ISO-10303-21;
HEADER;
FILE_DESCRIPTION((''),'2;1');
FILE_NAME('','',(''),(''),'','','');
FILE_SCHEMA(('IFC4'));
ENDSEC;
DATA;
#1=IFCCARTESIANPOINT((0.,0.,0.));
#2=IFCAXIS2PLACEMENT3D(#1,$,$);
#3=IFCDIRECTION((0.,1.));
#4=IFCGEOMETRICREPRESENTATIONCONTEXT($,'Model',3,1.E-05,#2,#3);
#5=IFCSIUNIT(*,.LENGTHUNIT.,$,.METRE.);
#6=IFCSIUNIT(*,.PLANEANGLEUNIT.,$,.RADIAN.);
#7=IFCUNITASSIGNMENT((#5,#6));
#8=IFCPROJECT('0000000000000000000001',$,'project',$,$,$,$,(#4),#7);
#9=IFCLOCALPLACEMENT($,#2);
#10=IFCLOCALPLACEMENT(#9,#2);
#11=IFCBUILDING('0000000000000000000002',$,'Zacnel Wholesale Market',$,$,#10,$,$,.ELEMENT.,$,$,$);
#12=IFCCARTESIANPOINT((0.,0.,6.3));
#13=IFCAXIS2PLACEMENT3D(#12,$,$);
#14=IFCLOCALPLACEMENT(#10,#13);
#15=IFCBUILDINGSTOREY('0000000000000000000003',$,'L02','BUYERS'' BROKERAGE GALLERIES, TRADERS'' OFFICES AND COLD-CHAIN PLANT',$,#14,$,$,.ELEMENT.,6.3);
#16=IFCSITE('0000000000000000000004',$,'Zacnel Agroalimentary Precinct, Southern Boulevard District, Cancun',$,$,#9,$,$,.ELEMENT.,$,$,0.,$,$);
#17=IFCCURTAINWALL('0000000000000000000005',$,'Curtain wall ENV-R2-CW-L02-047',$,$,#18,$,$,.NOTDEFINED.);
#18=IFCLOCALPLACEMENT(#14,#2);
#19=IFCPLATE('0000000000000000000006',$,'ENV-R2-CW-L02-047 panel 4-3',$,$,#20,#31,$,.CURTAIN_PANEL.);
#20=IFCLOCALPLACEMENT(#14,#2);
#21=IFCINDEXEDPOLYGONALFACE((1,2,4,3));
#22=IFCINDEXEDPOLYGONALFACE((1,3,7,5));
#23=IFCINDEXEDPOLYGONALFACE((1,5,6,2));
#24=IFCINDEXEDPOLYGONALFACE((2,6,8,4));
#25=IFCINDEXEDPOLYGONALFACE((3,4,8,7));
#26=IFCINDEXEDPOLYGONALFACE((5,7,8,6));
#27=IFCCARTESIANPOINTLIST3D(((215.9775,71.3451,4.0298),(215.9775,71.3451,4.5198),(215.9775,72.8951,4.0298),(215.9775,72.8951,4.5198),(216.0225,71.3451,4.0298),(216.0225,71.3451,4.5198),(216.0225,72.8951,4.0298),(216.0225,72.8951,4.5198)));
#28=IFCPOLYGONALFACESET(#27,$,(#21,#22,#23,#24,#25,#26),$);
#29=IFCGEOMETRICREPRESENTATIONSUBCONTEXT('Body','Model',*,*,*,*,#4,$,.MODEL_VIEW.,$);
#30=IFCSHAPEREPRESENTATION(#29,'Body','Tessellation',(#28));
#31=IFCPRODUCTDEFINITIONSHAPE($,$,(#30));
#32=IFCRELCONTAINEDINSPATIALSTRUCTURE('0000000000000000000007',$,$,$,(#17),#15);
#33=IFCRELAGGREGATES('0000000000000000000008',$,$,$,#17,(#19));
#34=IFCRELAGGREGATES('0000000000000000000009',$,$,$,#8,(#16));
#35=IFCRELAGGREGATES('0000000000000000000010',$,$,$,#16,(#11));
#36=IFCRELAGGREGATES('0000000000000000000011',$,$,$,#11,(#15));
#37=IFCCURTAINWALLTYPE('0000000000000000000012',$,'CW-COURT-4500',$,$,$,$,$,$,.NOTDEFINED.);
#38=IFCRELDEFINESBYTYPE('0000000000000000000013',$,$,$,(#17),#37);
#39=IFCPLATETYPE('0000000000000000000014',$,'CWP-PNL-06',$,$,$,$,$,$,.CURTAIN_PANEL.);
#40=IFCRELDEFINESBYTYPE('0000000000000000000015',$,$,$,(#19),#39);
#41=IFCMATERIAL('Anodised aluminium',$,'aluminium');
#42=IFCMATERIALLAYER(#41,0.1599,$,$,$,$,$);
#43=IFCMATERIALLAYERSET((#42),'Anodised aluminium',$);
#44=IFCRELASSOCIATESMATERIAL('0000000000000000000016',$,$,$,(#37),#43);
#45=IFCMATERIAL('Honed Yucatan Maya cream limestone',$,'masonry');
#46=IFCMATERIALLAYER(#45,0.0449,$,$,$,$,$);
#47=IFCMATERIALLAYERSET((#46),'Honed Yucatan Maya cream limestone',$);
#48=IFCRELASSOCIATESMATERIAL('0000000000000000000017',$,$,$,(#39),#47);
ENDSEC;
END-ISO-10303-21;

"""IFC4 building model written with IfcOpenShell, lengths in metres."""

from ifc_helpers import new_model, si_unit, direction, frame, origin, origin_2d, place, context, subcontext, project, spatial, rectangle, extrude, material, layer, layer_set, type_object, element, aggregate, save


model = new_model("IFC4")

# Units and contexts
model_context = context("Model", 3, precision=1e-05, world=origin(), true_north=direction((0.0, 1.0)))
body_context = subcontext(model_context, "Body", "Model", "MODEL_VIEW")
ifc_project = project(units=[si_unit("LENGTHUNIT", "METRE"), si_unit("PLANEANGLEUNIT", "RADIAN")], contexts=[model_context])

# Site, building, storey
site_placement = place(None, origin())
site = spatial("IfcSite", under=ifc_project, at=site_placement, Name="Zacnel Agroalimentary Precinct, Southern Boulevard District, Cancun", CompositionType="ELEMENT", RefElevation=0.0)
building_placement = place(site_placement, origin())
building = spatial("IfcBuilding", under=site, at=building_placement, Name="Zacnel Wholesale Market", CompositionType="ELEMENT")
storey_placement = place(building_placement, frame((0.0, 0.0, 6.3)))
storey = spatial("IfcBuildingStorey", under=building, at=storey_placement, Name="L02", Description="BUYERS' BROKERAGE GALLERIES, TRADERS' OFFICES AND COLD-CHAIN PLANT", CompositionType="ELEMENT", Elevation=6.3)

# Curtain wall, plate
ifc_material_1 = material(Name="Anodised aluminium", Category="aluminium")
ifc_layer_1 = layer(ifc_material_1, 0.1599)
ifc_layer_set_1 = layer_set([ifc_layer_1], Name="Anodised aluminium")
curtain_wall_type = type_object("IfcCurtainWallType", Name="CW-COURT-4500", PredefinedType="NOTDEFINED", material=ifc_layer_set_1)
curtain_wall_placement = place(storey_placement, origin())
curtain_wall = element("IfcCurtainWall", 1, at=curtain_wall_placement, inside=storey, type_object=curtain_wall_type, Name="Curtain wall ENV-R2-CW-L02-047", PredefinedType="NOTDEFINED")
ifc_material_2 = material(Name="Honed Yucatan Maya cream limestone", Category="masonry")
ifc_layer_2 = layer(ifc_material_2, 0.0449)
ifc_layer_set_2 = layer_set([ifc_layer_2], Name="Honed Yucatan Maya cream limestone")
plate_type_1 = type_object("IfcPlateType", Name="CWP-PNL-06", PredefinedType="CURTAIN_PANEL", material=ifc_layer_set_2)
plate_1_placement = place(storey_placement, frame((216.0, 72.1201, 4.0298), z_axis=(0.0, 0.0, 1.0), x_axis=(0.0, 1.0, 0.0)))
plate_1 = element("IfcPlate", 2, at=plate_1_placement, type_object=plate_type_1, Name="ENV-R2-CW-L02-047 panel 4-3", PredefinedType="CURTAIN_PANEL", context=body_context, shape_type="SweptSolid", body=[
    extrude(rectangle(XDim=1.55, YDim=0.0449, at=origin_2d()), origin(), (0.0, 0.0, 1.0), 0.49),
])
aggregate(curtain_wall, [plate_1])

save(model, "model.ifc")
